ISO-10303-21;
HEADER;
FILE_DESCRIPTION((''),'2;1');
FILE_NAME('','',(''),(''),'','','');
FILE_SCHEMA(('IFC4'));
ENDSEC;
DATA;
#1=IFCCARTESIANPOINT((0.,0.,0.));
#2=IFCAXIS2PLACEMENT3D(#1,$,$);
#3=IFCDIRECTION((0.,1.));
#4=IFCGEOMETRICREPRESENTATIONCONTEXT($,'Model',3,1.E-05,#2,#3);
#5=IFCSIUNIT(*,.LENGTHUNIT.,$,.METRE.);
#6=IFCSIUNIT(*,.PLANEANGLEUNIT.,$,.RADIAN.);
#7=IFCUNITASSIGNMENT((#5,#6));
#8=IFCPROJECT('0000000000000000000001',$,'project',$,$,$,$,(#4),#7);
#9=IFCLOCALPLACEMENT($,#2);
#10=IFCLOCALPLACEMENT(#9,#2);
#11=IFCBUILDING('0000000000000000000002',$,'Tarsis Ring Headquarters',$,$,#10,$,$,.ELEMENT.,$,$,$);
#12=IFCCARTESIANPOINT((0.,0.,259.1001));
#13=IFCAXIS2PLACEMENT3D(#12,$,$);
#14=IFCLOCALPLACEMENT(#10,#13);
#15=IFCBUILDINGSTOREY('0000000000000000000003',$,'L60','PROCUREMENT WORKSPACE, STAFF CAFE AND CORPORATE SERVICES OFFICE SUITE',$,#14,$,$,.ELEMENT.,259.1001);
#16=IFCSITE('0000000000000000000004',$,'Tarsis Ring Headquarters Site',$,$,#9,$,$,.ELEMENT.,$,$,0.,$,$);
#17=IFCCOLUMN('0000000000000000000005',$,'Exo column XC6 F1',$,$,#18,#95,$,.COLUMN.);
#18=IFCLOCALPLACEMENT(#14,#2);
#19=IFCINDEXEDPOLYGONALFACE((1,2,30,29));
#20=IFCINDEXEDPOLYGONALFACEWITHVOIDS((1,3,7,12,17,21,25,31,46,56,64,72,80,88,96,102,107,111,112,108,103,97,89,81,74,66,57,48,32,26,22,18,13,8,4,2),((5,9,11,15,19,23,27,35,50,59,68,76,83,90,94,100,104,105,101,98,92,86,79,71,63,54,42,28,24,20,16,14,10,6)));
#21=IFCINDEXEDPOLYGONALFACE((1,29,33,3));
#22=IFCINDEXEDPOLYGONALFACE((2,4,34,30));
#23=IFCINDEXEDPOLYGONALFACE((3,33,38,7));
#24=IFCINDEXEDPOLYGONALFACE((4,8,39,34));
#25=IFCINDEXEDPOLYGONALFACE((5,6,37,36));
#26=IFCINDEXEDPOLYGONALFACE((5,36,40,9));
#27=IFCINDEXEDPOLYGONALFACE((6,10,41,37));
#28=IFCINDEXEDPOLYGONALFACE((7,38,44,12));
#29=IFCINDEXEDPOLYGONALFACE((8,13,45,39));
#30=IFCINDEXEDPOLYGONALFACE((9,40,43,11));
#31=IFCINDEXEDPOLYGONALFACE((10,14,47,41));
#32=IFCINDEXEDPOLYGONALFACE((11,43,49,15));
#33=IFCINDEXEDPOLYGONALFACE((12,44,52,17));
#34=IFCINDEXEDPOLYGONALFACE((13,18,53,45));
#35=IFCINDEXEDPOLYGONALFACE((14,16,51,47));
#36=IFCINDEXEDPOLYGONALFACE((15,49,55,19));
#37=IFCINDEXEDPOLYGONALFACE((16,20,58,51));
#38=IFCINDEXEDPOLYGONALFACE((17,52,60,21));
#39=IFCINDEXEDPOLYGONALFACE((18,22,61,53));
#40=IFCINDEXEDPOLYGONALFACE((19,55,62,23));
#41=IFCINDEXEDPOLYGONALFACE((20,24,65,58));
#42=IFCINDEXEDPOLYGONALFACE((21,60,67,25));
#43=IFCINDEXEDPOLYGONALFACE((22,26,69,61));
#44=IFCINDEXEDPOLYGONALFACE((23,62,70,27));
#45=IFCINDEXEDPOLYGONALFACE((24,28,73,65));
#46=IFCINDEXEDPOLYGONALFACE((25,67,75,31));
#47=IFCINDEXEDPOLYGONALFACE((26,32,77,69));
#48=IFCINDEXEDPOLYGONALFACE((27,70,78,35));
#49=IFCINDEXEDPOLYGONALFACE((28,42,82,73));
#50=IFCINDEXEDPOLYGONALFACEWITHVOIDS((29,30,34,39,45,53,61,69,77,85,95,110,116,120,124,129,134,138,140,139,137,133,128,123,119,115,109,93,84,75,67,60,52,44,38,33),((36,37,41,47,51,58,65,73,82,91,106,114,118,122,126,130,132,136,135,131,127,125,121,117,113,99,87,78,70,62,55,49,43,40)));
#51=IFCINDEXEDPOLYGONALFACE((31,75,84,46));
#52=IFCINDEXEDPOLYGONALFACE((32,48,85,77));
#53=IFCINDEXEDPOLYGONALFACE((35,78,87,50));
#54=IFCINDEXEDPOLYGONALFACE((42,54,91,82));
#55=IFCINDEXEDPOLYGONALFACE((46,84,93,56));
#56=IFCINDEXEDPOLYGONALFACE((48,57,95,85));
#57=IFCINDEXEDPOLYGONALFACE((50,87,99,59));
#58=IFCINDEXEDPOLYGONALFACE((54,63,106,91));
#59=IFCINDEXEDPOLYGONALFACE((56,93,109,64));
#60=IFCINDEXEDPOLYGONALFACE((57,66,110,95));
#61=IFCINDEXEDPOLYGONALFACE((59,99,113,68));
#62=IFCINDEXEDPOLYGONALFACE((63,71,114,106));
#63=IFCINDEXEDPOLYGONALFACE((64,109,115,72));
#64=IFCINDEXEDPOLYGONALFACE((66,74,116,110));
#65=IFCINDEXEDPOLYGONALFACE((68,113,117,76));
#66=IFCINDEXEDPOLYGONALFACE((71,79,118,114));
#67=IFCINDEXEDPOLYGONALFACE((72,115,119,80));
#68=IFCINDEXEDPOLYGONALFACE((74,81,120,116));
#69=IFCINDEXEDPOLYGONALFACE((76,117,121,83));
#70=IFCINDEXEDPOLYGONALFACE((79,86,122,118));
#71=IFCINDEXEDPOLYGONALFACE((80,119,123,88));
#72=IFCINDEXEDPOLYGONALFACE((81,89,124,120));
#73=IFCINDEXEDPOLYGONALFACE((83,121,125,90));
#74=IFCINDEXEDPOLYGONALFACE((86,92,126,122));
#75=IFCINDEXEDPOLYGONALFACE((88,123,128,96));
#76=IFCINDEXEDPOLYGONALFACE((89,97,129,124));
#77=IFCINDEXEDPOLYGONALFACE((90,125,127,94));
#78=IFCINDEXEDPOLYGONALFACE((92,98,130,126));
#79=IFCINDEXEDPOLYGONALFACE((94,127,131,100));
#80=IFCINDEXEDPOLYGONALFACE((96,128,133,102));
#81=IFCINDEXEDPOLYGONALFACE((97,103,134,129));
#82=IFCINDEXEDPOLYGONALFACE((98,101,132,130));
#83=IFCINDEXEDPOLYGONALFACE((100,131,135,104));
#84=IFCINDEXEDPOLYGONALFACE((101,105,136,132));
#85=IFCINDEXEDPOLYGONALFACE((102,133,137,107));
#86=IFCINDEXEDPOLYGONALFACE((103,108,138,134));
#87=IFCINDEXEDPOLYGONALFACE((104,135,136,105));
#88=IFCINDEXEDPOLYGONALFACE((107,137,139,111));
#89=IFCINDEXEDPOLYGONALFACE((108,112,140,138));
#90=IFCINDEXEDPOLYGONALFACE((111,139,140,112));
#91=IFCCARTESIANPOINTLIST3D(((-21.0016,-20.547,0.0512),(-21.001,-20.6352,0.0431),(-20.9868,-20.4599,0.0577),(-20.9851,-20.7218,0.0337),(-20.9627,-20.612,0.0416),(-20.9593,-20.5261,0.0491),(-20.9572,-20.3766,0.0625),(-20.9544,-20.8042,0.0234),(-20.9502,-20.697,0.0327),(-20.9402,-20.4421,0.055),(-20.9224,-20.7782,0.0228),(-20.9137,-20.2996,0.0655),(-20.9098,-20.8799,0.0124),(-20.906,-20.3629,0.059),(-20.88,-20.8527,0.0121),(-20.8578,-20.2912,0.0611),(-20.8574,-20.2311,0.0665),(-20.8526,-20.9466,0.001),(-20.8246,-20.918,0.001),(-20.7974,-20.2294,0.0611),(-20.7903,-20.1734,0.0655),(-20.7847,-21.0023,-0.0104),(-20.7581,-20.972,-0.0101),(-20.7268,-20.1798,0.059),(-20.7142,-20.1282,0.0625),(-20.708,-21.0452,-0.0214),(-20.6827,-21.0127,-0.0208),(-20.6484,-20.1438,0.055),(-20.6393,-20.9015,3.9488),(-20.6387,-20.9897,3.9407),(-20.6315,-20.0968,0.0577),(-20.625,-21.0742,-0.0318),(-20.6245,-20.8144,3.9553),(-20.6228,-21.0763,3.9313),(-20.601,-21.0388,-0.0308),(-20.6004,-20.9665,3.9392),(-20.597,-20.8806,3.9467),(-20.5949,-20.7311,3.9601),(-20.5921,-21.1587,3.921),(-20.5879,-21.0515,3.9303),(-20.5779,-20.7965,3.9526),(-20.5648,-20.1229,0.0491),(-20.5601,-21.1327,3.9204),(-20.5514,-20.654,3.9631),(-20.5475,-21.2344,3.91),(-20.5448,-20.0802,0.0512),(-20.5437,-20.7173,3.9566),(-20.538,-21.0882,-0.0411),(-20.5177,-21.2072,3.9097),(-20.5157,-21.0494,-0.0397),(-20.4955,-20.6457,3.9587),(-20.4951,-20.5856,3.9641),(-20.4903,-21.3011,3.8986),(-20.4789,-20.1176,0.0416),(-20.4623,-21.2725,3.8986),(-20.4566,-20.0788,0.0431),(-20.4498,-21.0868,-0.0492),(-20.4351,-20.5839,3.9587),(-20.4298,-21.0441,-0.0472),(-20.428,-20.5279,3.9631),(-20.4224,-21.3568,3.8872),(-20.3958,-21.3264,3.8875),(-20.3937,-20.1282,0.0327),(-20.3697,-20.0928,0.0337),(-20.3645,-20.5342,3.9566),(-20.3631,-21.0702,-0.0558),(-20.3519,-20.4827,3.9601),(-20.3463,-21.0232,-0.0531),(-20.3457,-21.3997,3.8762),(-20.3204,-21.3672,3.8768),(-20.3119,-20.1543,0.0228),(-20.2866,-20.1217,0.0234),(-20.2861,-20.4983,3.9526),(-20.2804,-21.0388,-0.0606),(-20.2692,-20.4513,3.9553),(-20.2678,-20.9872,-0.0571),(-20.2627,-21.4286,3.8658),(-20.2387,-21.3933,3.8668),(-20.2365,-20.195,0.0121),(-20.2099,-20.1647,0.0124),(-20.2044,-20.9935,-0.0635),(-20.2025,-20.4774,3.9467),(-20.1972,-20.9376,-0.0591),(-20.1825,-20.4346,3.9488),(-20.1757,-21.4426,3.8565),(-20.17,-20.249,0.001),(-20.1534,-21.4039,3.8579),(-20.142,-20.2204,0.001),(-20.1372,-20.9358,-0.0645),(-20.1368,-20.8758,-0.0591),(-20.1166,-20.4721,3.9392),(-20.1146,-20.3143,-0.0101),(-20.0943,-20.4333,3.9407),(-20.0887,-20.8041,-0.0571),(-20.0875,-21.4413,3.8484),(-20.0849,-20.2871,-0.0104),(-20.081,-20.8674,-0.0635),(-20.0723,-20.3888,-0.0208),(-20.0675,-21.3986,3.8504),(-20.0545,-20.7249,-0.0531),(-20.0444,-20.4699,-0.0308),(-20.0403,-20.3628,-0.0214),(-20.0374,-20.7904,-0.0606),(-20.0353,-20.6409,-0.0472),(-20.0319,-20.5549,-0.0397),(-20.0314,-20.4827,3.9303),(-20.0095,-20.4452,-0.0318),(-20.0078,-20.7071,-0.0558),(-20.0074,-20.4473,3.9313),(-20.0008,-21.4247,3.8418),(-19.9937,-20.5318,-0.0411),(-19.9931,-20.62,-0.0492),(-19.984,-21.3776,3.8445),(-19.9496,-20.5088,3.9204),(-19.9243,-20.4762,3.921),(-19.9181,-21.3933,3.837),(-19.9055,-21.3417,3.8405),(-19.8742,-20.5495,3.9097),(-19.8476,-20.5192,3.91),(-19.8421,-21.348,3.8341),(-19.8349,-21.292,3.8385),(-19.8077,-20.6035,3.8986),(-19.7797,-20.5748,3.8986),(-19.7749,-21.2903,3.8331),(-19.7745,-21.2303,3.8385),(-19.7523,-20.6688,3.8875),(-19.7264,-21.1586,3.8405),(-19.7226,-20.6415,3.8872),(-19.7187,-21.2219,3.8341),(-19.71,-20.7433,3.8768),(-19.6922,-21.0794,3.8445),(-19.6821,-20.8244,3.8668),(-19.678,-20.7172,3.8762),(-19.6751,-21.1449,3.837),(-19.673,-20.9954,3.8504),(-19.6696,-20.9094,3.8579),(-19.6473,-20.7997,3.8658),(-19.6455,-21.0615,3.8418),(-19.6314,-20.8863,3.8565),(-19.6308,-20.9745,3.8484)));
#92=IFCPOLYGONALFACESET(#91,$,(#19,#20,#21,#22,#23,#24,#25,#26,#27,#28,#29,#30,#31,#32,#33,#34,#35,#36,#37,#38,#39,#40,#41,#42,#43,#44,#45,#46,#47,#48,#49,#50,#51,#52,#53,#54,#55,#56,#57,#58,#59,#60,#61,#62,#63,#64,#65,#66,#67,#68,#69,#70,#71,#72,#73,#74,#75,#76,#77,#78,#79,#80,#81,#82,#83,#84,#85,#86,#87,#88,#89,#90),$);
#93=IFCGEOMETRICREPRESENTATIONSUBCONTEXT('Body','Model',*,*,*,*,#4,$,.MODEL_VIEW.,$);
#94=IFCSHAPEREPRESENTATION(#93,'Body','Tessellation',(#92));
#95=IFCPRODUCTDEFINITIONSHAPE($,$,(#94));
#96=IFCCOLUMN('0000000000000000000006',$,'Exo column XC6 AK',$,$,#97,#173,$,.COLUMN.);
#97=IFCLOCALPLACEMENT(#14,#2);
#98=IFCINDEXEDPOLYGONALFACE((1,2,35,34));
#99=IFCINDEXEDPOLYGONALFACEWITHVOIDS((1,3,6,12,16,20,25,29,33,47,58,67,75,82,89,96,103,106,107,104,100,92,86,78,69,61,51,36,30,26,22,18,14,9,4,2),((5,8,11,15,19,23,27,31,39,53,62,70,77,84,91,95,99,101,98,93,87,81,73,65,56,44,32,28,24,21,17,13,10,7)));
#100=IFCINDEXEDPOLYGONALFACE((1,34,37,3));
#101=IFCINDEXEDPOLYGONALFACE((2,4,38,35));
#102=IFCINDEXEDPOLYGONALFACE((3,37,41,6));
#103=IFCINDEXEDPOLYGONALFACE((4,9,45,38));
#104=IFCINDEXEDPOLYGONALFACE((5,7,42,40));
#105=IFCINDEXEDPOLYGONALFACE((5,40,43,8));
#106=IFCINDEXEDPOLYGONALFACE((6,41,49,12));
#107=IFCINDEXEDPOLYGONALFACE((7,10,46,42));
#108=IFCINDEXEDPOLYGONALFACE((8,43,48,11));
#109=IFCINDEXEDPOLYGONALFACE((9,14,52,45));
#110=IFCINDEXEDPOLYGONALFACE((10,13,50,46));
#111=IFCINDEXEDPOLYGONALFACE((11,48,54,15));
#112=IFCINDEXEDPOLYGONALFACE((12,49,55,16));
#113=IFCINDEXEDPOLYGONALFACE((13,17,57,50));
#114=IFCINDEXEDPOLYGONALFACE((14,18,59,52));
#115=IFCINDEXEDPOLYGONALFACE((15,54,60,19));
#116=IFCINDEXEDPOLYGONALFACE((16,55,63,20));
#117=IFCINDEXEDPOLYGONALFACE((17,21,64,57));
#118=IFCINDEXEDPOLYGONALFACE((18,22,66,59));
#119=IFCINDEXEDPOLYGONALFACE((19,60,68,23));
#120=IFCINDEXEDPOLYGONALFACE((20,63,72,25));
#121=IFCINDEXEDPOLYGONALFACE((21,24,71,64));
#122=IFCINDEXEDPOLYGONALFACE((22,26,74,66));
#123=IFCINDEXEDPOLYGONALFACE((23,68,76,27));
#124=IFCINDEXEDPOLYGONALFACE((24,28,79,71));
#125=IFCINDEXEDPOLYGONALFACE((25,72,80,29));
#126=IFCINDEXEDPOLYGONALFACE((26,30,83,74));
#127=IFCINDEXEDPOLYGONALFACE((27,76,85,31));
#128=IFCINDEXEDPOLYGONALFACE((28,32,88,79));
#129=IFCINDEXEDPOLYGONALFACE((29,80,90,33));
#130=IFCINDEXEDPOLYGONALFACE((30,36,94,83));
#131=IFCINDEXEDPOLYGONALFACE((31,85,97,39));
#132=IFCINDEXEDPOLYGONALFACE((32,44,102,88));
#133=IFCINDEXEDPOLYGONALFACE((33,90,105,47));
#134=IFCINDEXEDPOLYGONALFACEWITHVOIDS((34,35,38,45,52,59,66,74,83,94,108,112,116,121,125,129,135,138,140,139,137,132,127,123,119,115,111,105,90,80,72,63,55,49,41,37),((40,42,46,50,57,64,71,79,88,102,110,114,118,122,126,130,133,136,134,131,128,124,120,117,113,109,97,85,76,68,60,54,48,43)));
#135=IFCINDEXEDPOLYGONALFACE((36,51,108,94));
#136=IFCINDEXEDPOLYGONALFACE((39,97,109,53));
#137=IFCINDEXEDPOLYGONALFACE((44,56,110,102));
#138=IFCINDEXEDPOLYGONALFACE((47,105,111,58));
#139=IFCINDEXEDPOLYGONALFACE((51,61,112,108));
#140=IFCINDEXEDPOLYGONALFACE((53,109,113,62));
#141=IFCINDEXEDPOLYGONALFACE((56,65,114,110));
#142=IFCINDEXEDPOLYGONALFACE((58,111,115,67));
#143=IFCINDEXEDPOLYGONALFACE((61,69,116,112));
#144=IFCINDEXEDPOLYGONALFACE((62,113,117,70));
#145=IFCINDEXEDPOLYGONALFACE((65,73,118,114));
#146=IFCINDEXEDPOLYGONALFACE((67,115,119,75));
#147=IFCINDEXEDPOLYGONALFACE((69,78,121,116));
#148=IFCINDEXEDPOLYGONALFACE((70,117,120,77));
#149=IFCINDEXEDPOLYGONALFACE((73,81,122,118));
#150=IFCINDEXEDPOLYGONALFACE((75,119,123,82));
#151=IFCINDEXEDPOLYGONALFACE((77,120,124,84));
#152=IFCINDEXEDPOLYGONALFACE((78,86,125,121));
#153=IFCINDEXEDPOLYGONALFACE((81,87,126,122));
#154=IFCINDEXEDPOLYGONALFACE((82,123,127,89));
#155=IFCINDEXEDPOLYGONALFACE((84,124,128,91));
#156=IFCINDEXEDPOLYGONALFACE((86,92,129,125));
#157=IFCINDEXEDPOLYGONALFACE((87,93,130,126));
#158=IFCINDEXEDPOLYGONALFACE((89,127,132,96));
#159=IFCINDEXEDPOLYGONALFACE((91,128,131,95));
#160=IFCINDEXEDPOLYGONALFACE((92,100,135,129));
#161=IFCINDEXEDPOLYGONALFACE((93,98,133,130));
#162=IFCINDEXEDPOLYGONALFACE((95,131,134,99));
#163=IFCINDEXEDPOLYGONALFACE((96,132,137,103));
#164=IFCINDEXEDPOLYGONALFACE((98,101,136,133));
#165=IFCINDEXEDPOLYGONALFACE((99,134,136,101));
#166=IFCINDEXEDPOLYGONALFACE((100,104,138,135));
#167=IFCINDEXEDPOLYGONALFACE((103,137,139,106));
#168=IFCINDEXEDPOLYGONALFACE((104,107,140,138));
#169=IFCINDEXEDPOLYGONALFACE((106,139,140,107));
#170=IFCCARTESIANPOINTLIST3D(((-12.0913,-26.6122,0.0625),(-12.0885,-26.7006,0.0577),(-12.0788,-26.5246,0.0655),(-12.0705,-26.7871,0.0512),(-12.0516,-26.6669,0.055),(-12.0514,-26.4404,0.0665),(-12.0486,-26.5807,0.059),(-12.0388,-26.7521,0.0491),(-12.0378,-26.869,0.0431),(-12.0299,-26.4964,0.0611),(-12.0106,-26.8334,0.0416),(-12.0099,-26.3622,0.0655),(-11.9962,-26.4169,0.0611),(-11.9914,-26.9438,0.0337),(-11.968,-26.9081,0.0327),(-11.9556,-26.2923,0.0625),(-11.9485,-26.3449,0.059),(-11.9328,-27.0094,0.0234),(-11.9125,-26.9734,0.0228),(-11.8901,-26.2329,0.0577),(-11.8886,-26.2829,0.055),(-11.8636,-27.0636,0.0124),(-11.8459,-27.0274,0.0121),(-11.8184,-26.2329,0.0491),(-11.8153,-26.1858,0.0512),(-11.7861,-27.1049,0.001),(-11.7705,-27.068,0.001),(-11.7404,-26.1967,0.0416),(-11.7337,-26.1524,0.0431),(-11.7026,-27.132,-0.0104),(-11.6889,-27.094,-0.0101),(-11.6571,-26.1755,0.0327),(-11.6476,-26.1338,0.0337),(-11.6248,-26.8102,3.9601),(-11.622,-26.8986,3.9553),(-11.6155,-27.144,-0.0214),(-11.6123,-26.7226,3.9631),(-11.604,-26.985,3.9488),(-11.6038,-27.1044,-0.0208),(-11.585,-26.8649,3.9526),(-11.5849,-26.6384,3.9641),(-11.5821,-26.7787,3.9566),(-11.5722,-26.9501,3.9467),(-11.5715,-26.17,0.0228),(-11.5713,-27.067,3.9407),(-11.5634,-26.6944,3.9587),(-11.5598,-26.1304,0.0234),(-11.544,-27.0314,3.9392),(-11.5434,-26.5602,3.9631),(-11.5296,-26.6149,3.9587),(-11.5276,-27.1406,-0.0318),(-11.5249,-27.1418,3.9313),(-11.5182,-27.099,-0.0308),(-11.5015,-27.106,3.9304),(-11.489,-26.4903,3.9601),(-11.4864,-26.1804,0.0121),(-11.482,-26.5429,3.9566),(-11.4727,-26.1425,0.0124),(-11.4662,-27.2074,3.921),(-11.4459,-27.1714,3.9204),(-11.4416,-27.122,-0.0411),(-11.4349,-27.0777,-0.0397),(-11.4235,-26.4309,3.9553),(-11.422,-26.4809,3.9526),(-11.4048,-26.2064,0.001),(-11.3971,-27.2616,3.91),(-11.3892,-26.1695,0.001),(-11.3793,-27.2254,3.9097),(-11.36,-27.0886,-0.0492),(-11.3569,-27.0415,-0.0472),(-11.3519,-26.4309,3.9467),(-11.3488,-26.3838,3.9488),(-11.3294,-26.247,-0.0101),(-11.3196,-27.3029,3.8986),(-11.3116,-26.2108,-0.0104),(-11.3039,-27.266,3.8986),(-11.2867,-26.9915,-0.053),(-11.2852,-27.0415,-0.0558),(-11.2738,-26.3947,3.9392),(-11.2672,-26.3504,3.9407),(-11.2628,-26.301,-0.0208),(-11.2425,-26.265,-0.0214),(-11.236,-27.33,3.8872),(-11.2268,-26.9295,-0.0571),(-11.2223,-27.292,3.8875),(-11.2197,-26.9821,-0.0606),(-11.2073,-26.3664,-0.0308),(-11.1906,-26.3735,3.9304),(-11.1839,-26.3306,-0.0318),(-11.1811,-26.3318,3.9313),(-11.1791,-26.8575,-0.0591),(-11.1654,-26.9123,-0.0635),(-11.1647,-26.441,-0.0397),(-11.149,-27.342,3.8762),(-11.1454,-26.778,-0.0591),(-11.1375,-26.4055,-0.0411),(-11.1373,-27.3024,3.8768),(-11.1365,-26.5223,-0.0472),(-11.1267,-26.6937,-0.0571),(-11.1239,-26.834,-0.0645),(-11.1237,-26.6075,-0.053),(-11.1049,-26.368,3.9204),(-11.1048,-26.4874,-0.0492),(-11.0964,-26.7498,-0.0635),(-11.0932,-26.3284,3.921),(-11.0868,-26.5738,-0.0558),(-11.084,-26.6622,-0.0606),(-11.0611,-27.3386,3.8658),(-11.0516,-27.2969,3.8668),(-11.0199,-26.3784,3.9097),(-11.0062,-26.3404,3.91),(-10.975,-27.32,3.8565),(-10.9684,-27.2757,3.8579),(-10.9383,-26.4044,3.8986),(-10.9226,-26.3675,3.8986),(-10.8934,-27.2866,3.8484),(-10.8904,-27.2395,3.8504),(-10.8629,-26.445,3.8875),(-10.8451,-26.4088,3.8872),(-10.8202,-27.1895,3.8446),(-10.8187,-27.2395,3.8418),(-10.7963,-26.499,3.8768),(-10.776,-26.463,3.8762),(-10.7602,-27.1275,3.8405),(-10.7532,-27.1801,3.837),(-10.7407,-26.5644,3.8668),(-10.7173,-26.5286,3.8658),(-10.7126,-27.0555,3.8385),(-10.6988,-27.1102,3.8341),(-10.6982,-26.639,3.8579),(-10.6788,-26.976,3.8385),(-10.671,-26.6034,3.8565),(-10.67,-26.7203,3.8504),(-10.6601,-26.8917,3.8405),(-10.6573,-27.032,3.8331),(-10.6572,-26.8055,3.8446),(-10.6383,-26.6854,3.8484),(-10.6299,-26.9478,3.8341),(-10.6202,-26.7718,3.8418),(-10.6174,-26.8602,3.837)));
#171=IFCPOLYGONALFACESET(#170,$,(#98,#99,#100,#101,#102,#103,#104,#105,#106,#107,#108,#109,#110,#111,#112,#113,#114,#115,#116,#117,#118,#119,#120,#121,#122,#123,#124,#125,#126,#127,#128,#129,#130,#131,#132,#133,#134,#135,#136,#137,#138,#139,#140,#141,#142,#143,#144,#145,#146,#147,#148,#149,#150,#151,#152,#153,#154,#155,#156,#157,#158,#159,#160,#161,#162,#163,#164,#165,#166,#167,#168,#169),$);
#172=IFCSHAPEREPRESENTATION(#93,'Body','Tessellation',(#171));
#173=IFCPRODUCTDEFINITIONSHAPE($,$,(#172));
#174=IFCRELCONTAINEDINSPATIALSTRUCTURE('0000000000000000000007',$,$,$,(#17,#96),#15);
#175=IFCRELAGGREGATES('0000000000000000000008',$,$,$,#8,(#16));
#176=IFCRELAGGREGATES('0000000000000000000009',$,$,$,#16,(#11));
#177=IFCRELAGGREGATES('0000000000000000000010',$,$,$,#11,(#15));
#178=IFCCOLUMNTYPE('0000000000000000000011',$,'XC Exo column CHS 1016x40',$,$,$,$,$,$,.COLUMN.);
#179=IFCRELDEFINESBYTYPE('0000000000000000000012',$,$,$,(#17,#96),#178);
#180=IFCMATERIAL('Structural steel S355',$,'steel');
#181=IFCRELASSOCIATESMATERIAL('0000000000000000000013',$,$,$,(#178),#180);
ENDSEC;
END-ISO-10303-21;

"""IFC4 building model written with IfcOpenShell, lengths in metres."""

from ifc_helpers import new_model, si_unit, direction, frame, origin, origin_2d, place, context, subcontext, project, spatial, hollow_circle, extrude, material, material_profile, profile_set, type_object, element, save


model = new_model("IFC4")

# Units and contexts
model_context = context("Model", 3, precision=1e-05, world=origin(), true_north=direction((0.0, 1.0)))
body_context = subcontext(model_context, "Body", "Model", "MODEL_VIEW")
ifc_project = project(units=[si_unit("LENGTHUNIT", "METRE"), si_unit("PLANEANGLEUNIT", "RADIAN")], contexts=[model_context])

# Site, building, storey
site_placement = place(None, origin())
site = spatial("IfcSite", under=ifc_project, at=site_placement, Name="Tarsis Ring Headquarters Site", CompositionType="ELEMENT", RefElevation=0.0)
building_placement = place(site_placement, origin())
building = spatial("IfcBuilding", under=site, at=building_placement, Name="Tarsis Ring Headquarters", CompositionType="ELEMENT")
storey_placement = place(building_placement, frame((0.0, 0.0, 259.1001)))
storey = spatial("IfcBuildingStorey", under=building, at=storey_placement, Name="L60", Description="PROCUREMENT WORKSPACE, STAFF CAFE AND CORPORATE SERVICES OFFICE SUITE", CompositionType="ELEMENT", Elevation=259.1001)

# Columns
ifc_material_1 = material(Name="Structural steel S355", Category="steel")
ifc_material_profile_1 = material_profile(ifc_material_1, hollow_circle(Radius=0.5081, WallThickness=0.04, at=origin_2d()), Name="CHS 1016x40")
ifc_profile_set_1 = profile_set([ifc_material_profile_1], Name="Structural steel S355")
column_type = type_object("IfcColumnType", Name="XC Exo column CHS 1016x40", PredefinedType="COLUMN", material=ifc_profile_set_1)
for number, where, z_axis, x_axis, name in (
    (1, (-20.4973, -20.5835, 0.001), (0.092177, -0.09019, 0.99165), (0.699358, 0.714771, 0.0), "Exo column XC6 F1"),
    (2, (-11.5876, -26.6372, 0.001), (0.1187, -0.050375, 0.991652), (0.390661, 0.920535, 0.0), "Exo column XC6 AK"),
):
    element("IfcColumn", number, at=place(storey_placement, frame(where, z_axis=z_axis, x_axis=x_axis)), inside=storey, type_object=column_type, Name=name, PredefinedType="COLUMN", context=body_context, shape_type="SweptSolid", body=[
        extrude(hollow_circle(Radius=0.5081, WallThickness=0.04, at=origin_2d()), origin(), (0.0, 0.0, 1.0), 3.9304),
    ])

save(model, "model.ifc")
